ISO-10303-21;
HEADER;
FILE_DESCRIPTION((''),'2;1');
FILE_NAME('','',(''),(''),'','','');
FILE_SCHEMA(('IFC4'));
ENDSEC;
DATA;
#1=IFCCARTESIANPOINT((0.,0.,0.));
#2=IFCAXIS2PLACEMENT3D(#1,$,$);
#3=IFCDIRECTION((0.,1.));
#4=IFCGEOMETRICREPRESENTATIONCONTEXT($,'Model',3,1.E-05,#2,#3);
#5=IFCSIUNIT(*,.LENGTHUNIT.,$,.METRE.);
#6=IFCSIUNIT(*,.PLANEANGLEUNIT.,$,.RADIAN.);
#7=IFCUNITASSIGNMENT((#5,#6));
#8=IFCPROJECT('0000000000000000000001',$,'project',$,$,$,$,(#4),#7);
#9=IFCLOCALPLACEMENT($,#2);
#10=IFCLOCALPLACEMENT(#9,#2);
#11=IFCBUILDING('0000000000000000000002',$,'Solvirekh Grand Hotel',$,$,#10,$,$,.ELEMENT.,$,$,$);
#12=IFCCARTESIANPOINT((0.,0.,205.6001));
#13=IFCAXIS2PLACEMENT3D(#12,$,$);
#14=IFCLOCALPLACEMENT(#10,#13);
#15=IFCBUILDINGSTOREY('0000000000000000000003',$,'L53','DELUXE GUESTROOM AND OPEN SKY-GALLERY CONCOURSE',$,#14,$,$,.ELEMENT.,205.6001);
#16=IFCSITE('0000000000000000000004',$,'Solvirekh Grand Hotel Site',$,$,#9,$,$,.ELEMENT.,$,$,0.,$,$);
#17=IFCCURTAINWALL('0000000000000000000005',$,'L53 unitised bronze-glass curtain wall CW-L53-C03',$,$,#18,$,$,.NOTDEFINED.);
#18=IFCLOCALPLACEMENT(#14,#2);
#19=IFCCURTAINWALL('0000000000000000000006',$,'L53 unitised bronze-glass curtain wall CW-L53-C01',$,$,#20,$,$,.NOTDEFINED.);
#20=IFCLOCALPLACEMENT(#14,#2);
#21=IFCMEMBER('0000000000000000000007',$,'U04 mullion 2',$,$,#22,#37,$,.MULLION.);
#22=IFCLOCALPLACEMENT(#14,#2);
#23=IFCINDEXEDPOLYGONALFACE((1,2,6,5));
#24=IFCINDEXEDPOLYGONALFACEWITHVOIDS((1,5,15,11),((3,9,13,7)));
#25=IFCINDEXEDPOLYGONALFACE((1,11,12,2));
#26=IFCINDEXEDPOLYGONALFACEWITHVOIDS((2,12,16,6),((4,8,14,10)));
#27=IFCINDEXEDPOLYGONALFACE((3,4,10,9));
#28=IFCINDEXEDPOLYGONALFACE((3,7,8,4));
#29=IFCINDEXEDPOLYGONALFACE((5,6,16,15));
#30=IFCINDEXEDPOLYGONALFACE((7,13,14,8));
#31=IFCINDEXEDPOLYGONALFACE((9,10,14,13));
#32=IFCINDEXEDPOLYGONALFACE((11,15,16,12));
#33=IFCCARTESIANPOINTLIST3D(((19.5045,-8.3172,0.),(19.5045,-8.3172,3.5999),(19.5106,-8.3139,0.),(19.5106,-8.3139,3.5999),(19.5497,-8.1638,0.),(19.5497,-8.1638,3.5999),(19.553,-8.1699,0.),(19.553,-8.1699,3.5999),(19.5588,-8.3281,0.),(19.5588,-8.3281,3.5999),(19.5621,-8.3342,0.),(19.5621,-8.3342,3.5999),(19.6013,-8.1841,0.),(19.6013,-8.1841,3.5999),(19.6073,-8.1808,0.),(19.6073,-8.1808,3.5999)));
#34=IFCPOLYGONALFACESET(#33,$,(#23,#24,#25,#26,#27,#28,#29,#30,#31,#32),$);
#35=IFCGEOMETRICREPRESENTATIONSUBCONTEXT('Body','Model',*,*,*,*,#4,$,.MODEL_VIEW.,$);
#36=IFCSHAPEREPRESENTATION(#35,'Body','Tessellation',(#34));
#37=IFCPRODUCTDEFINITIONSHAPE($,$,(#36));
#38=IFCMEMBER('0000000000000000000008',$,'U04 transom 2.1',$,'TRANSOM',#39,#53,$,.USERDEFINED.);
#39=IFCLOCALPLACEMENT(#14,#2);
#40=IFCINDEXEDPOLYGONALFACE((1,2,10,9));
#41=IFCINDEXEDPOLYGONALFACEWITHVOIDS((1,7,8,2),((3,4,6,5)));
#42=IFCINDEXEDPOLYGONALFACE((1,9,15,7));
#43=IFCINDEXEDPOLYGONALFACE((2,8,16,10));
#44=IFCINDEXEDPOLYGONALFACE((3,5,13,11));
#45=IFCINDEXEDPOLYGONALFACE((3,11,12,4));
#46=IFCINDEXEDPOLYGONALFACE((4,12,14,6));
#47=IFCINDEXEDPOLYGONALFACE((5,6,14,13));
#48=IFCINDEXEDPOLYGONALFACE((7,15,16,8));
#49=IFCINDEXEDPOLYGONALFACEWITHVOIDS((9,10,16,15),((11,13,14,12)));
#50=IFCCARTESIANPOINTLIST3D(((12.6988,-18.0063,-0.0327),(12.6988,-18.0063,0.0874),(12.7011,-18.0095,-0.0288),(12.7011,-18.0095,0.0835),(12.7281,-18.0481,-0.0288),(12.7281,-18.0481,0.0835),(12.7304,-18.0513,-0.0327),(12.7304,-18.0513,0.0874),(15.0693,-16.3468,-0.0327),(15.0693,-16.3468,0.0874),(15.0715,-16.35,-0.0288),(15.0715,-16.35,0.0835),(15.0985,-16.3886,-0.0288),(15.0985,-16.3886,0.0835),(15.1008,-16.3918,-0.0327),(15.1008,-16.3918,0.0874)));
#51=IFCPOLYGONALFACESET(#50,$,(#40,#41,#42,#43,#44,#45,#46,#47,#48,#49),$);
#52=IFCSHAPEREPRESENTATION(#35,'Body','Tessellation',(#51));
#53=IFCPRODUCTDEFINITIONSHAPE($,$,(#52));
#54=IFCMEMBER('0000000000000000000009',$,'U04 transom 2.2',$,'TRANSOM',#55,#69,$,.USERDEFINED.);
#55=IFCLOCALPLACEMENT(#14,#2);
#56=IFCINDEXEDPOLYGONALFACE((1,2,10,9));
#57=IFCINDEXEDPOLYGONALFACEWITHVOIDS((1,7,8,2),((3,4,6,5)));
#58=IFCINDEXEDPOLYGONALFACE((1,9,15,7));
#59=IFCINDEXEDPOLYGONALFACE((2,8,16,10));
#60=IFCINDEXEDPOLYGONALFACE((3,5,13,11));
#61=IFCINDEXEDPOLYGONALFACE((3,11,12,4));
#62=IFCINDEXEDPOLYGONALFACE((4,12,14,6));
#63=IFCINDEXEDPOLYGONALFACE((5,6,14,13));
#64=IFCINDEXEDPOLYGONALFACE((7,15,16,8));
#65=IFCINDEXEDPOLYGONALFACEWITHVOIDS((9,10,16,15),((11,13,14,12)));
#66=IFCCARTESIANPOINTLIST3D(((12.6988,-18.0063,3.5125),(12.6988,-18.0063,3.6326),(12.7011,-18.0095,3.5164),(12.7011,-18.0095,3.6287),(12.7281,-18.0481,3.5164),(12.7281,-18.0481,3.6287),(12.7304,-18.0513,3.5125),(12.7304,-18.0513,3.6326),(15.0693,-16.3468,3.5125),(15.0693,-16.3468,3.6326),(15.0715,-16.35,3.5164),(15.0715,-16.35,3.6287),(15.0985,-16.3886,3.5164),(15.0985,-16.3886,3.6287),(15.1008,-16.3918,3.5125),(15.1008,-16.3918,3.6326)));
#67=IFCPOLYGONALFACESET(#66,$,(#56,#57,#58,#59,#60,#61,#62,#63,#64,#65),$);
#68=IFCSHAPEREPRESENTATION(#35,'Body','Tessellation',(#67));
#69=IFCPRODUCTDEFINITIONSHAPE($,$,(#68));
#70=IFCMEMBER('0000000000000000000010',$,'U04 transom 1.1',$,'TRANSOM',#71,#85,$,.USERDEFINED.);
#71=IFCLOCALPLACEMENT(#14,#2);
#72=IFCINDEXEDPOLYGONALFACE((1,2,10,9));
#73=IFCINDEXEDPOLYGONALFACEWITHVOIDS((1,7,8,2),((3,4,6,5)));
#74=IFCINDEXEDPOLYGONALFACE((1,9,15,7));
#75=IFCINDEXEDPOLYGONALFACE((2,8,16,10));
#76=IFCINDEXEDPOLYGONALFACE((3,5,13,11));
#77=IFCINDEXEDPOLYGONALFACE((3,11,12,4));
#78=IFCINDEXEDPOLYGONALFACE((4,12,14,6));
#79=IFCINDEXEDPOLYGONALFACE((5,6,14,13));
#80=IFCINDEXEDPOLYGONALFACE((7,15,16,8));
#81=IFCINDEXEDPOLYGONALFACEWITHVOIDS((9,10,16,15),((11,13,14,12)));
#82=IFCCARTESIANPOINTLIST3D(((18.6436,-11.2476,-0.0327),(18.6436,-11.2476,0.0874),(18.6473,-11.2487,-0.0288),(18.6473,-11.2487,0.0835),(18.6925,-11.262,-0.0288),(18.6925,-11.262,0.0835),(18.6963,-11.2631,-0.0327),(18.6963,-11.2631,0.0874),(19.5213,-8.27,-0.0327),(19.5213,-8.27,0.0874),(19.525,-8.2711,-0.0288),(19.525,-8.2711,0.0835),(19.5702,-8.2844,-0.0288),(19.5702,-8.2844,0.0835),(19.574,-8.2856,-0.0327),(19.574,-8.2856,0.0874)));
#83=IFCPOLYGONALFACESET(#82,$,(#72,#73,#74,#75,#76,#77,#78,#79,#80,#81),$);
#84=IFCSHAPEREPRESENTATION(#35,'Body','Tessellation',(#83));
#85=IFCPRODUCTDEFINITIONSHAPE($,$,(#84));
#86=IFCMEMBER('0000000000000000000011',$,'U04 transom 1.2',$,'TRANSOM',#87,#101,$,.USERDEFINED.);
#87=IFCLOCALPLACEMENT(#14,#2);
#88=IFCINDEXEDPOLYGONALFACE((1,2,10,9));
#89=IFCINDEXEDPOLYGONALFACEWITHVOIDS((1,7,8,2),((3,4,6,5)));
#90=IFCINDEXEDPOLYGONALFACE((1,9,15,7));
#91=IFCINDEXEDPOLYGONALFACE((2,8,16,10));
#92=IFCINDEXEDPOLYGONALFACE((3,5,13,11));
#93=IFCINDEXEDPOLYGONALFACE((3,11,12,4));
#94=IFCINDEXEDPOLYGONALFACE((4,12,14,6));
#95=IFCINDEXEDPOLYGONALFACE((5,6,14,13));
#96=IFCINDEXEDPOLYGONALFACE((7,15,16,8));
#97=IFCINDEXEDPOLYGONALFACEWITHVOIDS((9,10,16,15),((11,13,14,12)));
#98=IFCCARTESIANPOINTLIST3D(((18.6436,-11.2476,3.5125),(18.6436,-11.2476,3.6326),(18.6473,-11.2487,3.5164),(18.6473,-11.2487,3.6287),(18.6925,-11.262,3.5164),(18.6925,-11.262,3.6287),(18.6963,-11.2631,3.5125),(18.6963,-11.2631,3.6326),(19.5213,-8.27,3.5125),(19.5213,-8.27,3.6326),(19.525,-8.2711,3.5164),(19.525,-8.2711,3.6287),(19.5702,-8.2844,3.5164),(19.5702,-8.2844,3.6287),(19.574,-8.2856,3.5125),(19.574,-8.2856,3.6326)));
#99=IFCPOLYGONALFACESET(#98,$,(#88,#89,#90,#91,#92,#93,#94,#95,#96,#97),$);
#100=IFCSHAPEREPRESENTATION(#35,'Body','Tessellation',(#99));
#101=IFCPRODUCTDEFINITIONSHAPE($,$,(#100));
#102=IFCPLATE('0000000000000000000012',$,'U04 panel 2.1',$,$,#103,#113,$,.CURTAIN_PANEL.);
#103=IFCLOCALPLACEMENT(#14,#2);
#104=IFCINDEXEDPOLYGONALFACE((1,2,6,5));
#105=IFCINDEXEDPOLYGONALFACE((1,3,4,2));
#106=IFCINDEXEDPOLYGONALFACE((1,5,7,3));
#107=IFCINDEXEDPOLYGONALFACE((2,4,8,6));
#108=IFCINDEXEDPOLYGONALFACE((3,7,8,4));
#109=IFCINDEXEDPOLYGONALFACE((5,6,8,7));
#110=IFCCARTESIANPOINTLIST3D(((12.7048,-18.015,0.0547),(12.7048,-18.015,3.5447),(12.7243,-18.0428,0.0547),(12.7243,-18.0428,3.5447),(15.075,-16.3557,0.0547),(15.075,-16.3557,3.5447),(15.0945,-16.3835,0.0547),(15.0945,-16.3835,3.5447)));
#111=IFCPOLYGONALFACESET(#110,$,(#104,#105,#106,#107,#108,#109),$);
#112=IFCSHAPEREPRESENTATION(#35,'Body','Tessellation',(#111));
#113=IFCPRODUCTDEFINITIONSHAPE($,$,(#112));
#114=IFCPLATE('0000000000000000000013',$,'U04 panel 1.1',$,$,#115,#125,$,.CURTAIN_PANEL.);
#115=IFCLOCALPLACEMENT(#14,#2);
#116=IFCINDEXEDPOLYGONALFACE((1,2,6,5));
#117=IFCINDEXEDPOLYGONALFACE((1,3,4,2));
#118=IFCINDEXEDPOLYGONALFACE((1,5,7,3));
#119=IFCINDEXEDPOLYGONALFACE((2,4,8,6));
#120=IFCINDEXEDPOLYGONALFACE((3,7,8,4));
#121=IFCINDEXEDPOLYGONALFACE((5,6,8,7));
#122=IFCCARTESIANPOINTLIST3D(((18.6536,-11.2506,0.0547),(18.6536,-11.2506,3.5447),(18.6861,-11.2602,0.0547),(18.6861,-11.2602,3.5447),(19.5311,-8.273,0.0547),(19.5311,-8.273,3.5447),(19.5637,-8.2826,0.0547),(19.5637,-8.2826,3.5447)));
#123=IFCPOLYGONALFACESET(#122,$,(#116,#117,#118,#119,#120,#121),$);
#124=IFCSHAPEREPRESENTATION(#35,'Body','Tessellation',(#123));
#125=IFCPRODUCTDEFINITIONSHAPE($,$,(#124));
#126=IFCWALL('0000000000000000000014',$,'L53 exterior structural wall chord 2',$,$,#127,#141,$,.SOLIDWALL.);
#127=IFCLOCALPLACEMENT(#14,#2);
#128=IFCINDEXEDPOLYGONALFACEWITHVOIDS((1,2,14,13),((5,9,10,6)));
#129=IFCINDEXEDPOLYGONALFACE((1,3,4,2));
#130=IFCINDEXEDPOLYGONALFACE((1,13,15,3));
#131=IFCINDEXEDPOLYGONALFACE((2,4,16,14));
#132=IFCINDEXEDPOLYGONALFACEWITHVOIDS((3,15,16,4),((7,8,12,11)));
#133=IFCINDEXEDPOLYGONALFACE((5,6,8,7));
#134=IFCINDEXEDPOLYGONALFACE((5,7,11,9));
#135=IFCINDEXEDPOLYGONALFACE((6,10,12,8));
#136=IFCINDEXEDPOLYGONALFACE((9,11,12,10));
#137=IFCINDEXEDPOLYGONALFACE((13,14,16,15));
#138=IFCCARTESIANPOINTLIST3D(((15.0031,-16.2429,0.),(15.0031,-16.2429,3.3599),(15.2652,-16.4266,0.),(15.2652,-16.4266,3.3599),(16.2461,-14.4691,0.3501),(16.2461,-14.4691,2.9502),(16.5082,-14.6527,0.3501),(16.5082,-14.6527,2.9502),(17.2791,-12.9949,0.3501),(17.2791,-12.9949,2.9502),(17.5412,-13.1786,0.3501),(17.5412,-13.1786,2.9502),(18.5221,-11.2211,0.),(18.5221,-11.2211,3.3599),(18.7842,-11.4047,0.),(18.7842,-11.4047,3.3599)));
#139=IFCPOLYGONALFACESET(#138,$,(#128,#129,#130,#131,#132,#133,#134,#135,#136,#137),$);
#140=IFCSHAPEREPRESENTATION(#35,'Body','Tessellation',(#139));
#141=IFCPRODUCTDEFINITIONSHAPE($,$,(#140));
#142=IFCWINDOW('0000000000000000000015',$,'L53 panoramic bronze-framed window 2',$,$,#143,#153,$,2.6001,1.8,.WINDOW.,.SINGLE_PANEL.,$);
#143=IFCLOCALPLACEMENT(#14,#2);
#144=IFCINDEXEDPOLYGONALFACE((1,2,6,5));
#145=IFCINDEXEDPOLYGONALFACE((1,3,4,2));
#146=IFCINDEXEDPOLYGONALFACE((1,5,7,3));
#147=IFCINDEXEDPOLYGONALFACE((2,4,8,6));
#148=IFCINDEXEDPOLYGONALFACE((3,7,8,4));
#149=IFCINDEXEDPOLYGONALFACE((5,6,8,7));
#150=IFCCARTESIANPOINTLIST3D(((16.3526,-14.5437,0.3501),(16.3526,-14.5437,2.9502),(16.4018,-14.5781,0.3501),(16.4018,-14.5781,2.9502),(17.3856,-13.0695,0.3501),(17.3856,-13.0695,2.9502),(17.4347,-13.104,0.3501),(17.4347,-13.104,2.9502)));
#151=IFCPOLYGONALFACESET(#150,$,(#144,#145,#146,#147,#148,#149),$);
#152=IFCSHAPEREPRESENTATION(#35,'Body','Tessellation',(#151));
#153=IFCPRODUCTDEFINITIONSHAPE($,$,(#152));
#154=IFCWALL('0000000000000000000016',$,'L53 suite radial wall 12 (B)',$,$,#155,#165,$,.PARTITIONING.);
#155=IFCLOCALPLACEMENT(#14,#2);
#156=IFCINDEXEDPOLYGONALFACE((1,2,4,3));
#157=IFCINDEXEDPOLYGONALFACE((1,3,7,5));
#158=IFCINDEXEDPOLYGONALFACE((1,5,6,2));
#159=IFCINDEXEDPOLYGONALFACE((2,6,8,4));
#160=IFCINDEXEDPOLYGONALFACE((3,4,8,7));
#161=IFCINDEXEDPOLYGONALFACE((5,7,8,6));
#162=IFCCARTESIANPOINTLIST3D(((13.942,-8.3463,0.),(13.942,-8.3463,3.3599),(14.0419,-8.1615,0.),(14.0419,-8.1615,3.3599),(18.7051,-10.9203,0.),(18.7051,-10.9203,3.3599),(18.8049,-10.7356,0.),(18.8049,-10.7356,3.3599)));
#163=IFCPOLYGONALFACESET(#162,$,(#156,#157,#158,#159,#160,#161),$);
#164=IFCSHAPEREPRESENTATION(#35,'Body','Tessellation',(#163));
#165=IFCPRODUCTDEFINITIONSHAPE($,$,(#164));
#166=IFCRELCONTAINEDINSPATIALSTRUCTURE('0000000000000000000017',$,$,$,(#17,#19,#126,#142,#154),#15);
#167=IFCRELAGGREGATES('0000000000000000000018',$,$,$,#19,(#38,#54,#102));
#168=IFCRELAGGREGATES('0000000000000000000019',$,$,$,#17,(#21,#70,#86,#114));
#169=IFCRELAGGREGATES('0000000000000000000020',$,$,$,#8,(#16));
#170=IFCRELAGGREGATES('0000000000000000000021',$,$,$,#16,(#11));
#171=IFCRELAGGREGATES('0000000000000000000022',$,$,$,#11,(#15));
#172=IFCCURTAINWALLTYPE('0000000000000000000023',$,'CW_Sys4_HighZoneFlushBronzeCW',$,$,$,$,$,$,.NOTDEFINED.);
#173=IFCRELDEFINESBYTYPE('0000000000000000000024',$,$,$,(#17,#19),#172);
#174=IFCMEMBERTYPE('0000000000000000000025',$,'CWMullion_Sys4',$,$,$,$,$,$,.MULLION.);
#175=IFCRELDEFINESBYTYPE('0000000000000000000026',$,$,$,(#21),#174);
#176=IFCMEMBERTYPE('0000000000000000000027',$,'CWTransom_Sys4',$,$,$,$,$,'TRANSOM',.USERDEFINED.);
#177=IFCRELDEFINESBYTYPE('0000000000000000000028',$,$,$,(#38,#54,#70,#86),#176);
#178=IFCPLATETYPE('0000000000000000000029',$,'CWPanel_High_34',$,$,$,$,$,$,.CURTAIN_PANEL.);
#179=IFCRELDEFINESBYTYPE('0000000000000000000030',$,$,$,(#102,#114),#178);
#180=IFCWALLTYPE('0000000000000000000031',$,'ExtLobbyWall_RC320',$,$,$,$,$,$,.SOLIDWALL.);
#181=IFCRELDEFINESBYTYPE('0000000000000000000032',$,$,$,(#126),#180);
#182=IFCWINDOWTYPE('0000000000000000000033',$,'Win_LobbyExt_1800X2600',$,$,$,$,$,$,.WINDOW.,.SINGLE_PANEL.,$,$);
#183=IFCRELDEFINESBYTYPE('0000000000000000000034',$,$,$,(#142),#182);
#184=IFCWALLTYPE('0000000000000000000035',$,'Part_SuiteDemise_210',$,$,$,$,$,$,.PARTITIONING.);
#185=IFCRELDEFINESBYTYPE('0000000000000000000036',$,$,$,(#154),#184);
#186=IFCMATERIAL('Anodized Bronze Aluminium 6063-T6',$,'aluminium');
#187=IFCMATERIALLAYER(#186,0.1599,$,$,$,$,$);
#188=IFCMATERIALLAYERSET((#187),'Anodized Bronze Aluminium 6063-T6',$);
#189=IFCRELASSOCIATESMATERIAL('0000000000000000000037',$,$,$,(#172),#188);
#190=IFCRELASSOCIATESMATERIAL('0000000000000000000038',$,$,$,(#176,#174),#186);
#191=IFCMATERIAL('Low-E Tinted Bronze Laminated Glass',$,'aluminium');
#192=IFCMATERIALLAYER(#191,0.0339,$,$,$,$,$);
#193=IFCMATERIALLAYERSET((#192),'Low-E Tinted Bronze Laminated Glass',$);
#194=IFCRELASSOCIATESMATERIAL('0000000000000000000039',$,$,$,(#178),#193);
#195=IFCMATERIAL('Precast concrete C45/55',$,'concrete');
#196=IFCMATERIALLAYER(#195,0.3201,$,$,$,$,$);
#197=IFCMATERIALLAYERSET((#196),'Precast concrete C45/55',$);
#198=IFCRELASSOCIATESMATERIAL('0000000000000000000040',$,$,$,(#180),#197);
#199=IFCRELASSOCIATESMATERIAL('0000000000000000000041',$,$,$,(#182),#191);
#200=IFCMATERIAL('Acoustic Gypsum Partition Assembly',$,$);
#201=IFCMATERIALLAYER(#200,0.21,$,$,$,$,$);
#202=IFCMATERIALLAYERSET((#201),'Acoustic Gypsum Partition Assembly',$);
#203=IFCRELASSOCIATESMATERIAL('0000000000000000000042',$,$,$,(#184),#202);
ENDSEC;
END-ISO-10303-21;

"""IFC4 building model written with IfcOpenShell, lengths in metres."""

from ifc_helpers import new_model, si_unit, direction, frame, frame_2d, origin, origin_2d, place, context, subcontext, project, spatial, rectangle, hollow_rectangle, extrude, source, transform, mapped, material, layer, layer_set, material_profile, profile_set, type_object, element, fill, aggregate, save


model = new_model("IFC4")

# Units and contexts
model_context = context("Model", 3, precision=1e-05, world=origin(), true_north=direction((0.0, 1.0)))
body_context = subcontext(model_context, "Body", "Model", "MODEL_VIEW")
ifc_project = project(units=[si_unit("LENGTHUNIT", "METRE"), si_unit("PLANEANGLEUNIT", "RADIAN")], contexts=[model_context])

# Site, building, storey
site_placement = place(None, origin())
site = spatial("IfcSite", under=ifc_project, at=site_placement, Name="Solvirekh Grand Hotel Site", CompositionType="ELEMENT", RefElevation=0.0)
building_placement = place(site_placement, origin())
building = spatial("IfcBuilding", under=site, at=building_placement, Name="Solvirekh Grand Hotel", CompositionType="ELEMENT")
storey_placement = place(building_placement, frame((0.0, 0.0, 205.6001)))
storey = spatial("IfcBuildingStorey", under=building, at=storey_placement, Name="L53", Description="DELUXE GUESTROOM AND OPEN SKY-GALLERY CONCOURSE", CompositionType="ELEMENT", Elevation=205.6001)

# Curtain walls
ifc_material_1 = material(Name="Anodized Bronze Aluminium 6063-T6", Category="aluminium")
ifc_layer_1 = layer(ifc_material_1, 0.1599)
ifc_layer_set_1 = layer_set([ifc_layer_1], Name="Anodized Bronze Aluminium 6063-T6")
curtain_wall_type = type_object("IfcCurtainWallType", Name="CW_Sys4_HighZoneFlushBronzeCW", PredefinedType="NOTDEFINED", material=ifc_layer_set_1)
curtain_wall_1_placement = place(storey_placement, origin())
curtain_wall_1 = element("IfcCurtainWall", 1, at=curtain_wall_1_placement, inside=storey, type_object=curtain_wall_type, Name="L53 unitised bronze-glass curtain wall CW-L53-C03", PredefinedType="NOTDEFINED")
ifc_material_profile_1 = material_profile(ifc_material_1, hollow_rectangle(XDim=0.0549, YDim=0.1201, WallThickness=0.0039, at=origin_2d()), Name="ALU RHS 120X55X4")
ifc_profile_set_1 = profile_set([ifc_material_profile_1], Name="Anodized Bronze Aluminium 6063-T6")
member_type_1 = type_object("IfcMemberType", Name="CWTransom_Sys4", ElementType="TRANSOM", PredefinedType="USERDEFINED", material=ifc_profile_set_1)
curtain_wall_2_placement = place(storey_placement, origin())
curtain_wall_2 = element("IfcCurtainWall", 2, at=curtain_wall_2_placement, inside=storey, type_object=curtain_wall_type, Name="L53 unitised bronze-glass curtain wall CW-L53-C01", PredefinedType="NOTDEFINED")
ifc_material_profile_2 = material_profile(ifc_material_1, hollow_rectangle(XDim=0.0601, YDim=0.1599, WallThickness=0.0049, at=origin_2d()), Name="ALU RHS 160X60X5")
ifc_profile_set_2 = profile_set([ifc_material_profile_2], Name="Anodized Bronze Aluminium 6063-T6")
member_type_2 = type_object("IfcMemberType", Name="CWMullion_Sys4", PredefinedType="MULLION", material=ifc_profile_set_2)
shared_shape_1 = source(origin(), body_context, "Body", "SweptSolid", [
    extrude(hollow_rectangle(XDim=0.0601, YDim=0.1599, WallThickness=0.0049, at=origin_2d()), origin(), (0.0, 0.0, 1.0), 3.5999),
])

# Members
member_1_placement = place(storey_placement, frame((19.5559, -8.249, 0.0), z_axis=(0.0, 0.0, 1.0), x_axis=(-0.959211, 0.282692, 0.0)))
member_1 = element("IfcMember", 3, at=member_1_placement, type_object=member_type_2, Name="U04 mullion 2", PredefinedType="MULLION", context=body_context, shape_type="MappedRepresentation", body=[
    mapped(shared_shape_1, transform((0.0, 0.0, 0.0), x_axis=(1.0, 0.0, 0.0), y_axis=(0.0, 1.0, 0.0), z_axis=(0.0, 0.0, 1.0), scale=1.0)),
])
shared_shape_2 = source(origin(), body_context, "Body", "SweptSolid", [
    extrude(hollow_rectangle(XDim=0.0549, YDim=0.1201, WallThickness=0.0039, at=origin_2d()), origin(), (0.0, 0.0, 1.0), 2.8936),
])
member_2_placement = place(storey_placement, frame((12.7146, -18.0288, 0.0273), z_axis=(0.819204, 0.573502, 0.0), x_axis=(-0.573502, 0.819204, 0.0)))
member_2 = element("IfcMember", 4, at=member_2_placement, type_object=member_type_1, Name="U04 transom 2.1", ObjectType="TRANSOM", PredefinedType="USERDEFINED", context=body_context, shape_type="MappedRepresentation", body=[
    mapped(shared_shape_2, transform((0.0, 0.0, 0.0), x_axis=(1.0, 0.0, 0.0), y_axis=(0.0, 1.0, 0.0), z_axis=(0.0, 0.0, 1.0), scale=1.0)),
])
member_3_placement = place(storey_placement, frame((12.7146, -18.0288, 3.5725), z_axis=(0.819204, 0.573502, 0.0), x_axis=(-0.573502, 0.819204, 0.0)))
member_3 = element("IfcMember", 5, at=member_3_placement, type_object=member_type_1, Name="U04 transom 2.2", ObjectType="TRANSOM", PredefinedType="USERDEFINED", context=body_context, shape_type="MappedRepresentation", body=[
    mapped(shared_shape_2, transform((0.0, 0.0, 0.0), x_axis=(1.0, 0.0, 0.0), y_axis=(0.0, 1.0, 0.0), z_axis=(0.0, 0.0, 1.0), scale=1.0)),
])
shared_shape_3 = source(origin(), body_context, "Body", "SweptSolid", [
    extrude(hollow_rectangle(XDim=0.0549, YDim=0.1201, WallThickness=0.0039, at=origin_2d()), origin(), (0.0, 0.0, 1.0), 3.1042),
])
member_4_placement = place(storey_placement, frame((18.6699, -11.2554, 0.0273), z_axis=(0.282741, 0.959196, 0.0), x_axis=(-0.959196, 0.282741, 0.0)))
member_4 = element("IfcMember", 6, at=member_4_placement, type_object=member_type_1, Name="U04 transom 1.1", ObjectType="TRANSOM", PredefinedType="USERDEFINED", context=body_context, shape_type="MappedRepresentation", body=[
    mapped(shared_shape_3, transform((0.0, 0.0, 0.0), x_axis=(1.0, 0.0, 0.0), y_axis=(0.0, 1.0, 0.0), z_axis=(0.0, 0.0, 1.0), scale=1.0)),
])
member_5_placement = place(storey_placement, frame((18.6699, -11.2554, 3.5725), z_axis=(0.282741, 0.959196, 0.0), x_axis=(-0.959196, 0.282741, 0.0)))
member_5 = element("IfcMember", 7, at=member_5_placement, type_object=member_type_1, Name="U04 transom 1.2", ObjectType="TRANSOM", PredefinedType="USERDEFINED", context=body_context, shape_type="MappedRepresentation", body=[
    mapped(shared_shape_3, transform((0.0, 0.0, 0.0), x_axis=(1.0, 0.0, 0.0), y_axis=(0.0, 1.0, 0.0), z_axis=(0.0, 0.0, 1.0), scale=1.0)),
])

# Plates
ifc_material_2 = material(Name="Low-E Tinted Bronze Laminated Glass", Category="aluminium")
ifc_layer_2 = layer(ifc_material_2, 0.0339)
ifc_layer_set_2 = layer_set([ifc_layer_2], Name="Low-E Tinted Bronze Laminated Glass")
plate_type = type_object("IfcPlateType", Name="CWPanel_High_34", PredefinedType="CURTAIN_PANEL", material=ifc_layer_set_2)
shared_shape_4 = source(origin(), body_context, "Body", "SweptSolid", [
    extrude(rectangle(XDim=2.8933, YDim=0.0339, at=origin_2d()), origin(), (0.0, 0.0, 1.0), 3.49),
])
plate_1_placement = place(storey_placement, frame((13.8997, -17.1992, 0.0547), z_axis=(0.0, 0.0, 1.0), x_axis=(0.8192, 0.573507, 0.0)))
plate_1 = element("IfcPlate", 8, at=plate_1_placement, type_object=plate_type, Name="U04 panel 2.1", PredefinedType="CURTAIN_PANEL", context=body_context, shape_type="MappedRepresentation", body=[
    mapped(shared_shape_4, transform((0.0, 0.0, 0.0), x_axis=(1.0, 0.0, 0.0), y_axis=(0.0, 1.0, 0.0), z_axis=(0.0, 0.0, 1.0), scale=1.0)),
])
aggregate(curtain_wall_2, [member_2, member_3, plate_1])
shared_shape_5 = source(origin(), body_context, "Body", "SweptSolid", [
    extrude(rectangle(XDim=3.1042, YDim=0.0339, at=origin_2d()), origin(), (0.0, 0.0, 1.0), 3.49),
])
plate_2_placement = place(storey_placement, frame((19.1086, -9.7666, 0.0547), z_axis=(0.0, 0.0, 1.0), x_axis=(0.282692, 0.959211, 0.0)))
plate_2 = element("IfcPlate", 9, at=plate_2_placement, type_object=plate_type, Name="U04 panel 1.1", PredefinedType="CURTAIN_PANEL", context=body_context, shape_type="MappedRepresentation", body=[
    mapped(shared_shape_5, transform((0.0, 0.0, 0.0), x_axis=(1.0, 0.0, 0.0), y_axis=(0.0, 1.0, 0.0), z_axis=(0.0, 0.0, 1.0), scale=1.0)),
])
aggregate(curtain_wall_1, [member_1, member_4, member_5, plate_2])

# Wall, opening, window
ifc_material_3 = material(Name="Precast concrete C45/55", Category="concrete")
ifc_layer_3 = layer(ifc_material_3, 0.3201)
ifc_layer_set_3 = layer_set([ifc_layer_3], Name="Precast concrete C45/55")
wall_type_1 = type_object("IfcWallType", Name="ExtLobbyWall_RC320", PredefinedType="SOLIDWALL", material=ifc_layer_set_3)
wall_1_placement = place(storey_placement, frame((18.6531, -11.313, 0.0), z_axis=(0.0, 0.0, 1.0), x_axis=(-0.573863, -0.818951, 0.0)))
wall_1 = element("IfcWall", 10, at=wall_1_placement, inside=storey, type_object=wall_type_1, Name="L53 exterior structural wall chord 2", PredefinedType="SOLIDWALL", context=body_context, shape_type="SweptSolid", body=[
    extrude(rectangle(XDim=6.1321, YDim=0.3201, at=frame_2d((3.0659, 0.0))), origin(), (0.0, 0.0, 1.0), 3.3599),
])
opening_placement = place(wall_1_placement, frame((2.166, 0.0, 0.3501)))
opening = element("IfcOpeningElement", 11, at=opening_placement, cuts=wall_1, PredefinedType="OPENING", context=body_context, shape_type="SweptSolid", body=[
    extrude(rectangle(XDim=1.8, YDim=2.6001, at=frame_2d((0.8999, 1.3))), frame((0.0, 0.1699, 0.0), z_axis=(0.0, -1.0, 0.0), x_axis=(1.0, 0.0, 0.0)), (0.0, 0.0, 1.0), 0.3401),
])
window_type = type_object("IfcWindowType", Name="Win_LobbyExt_1800X2600", PartitioningType="SINGLE_PANEL", PredefinedType="WINDOW", material=ifc_material_2)
window_placement = place(opening_placement, origin())
window = element("IfcWindow", 12, at=window_placement, inside=storey, type_object=window_type, Name="L53 panoramic bronze-framed window 2", OverallHeight=2.6001, OverallWidth=1.8, PartitioningType="SINGLE_PANEL", PredefinedType="WINDOW", context=body_context, shape_type="SweptSolid", body=[
    extrude(rectangle(XDim=1.8, YDim=2.6001, at=frame_2d((0.8999, 1.3))), frame((0.0, 0.03, 0.0), z_axis=(0.0, -1.0, 0.0), x_axis=(1.0, 0.0, 0.0)), (0.0, 0.0, 1.0), 0.0601),
])
fill(opening, window)

# Wall
ifc_material_4 = material(Name="Acoustic Gypsum Partition Assembly")
ifc_layer_4 = layer(ifc_material_4, 0.21)
ifc_layer_set_4 = layer_set([ifc_layer_4], Name="Acoustic Gypsum Partition Assembly")
wall_type_2 = type_object("IfcWallType", Name="Part_SuiteDemise_210", PredefinedType="PARTITIONING", material=ifc_layer_set_4)
wall_2_placement = place(storey_placement, frame((13.9919, -8.2539, 0.0), z_axis=(0.0, 0.0, 1.0), x_axis=(0.879752, -0.475433, 0.0)))
element("IfcWall", 13, at=wall_2_placement, inside=storey, type_object=wall_type_2, Name="L53 suite radial wall 12 (B)", PredefinedType="PARTITIONING", context=body_context, shape_type="SweptSolid", body=[
    extrude(rectangle(XDim=5.4141, YDim=0.21, at=frame_2d((2.707, 0.0))), origin(), (0.0, 0.0, 1.0), 3.3599),
])

save(model, "model.ifc")
